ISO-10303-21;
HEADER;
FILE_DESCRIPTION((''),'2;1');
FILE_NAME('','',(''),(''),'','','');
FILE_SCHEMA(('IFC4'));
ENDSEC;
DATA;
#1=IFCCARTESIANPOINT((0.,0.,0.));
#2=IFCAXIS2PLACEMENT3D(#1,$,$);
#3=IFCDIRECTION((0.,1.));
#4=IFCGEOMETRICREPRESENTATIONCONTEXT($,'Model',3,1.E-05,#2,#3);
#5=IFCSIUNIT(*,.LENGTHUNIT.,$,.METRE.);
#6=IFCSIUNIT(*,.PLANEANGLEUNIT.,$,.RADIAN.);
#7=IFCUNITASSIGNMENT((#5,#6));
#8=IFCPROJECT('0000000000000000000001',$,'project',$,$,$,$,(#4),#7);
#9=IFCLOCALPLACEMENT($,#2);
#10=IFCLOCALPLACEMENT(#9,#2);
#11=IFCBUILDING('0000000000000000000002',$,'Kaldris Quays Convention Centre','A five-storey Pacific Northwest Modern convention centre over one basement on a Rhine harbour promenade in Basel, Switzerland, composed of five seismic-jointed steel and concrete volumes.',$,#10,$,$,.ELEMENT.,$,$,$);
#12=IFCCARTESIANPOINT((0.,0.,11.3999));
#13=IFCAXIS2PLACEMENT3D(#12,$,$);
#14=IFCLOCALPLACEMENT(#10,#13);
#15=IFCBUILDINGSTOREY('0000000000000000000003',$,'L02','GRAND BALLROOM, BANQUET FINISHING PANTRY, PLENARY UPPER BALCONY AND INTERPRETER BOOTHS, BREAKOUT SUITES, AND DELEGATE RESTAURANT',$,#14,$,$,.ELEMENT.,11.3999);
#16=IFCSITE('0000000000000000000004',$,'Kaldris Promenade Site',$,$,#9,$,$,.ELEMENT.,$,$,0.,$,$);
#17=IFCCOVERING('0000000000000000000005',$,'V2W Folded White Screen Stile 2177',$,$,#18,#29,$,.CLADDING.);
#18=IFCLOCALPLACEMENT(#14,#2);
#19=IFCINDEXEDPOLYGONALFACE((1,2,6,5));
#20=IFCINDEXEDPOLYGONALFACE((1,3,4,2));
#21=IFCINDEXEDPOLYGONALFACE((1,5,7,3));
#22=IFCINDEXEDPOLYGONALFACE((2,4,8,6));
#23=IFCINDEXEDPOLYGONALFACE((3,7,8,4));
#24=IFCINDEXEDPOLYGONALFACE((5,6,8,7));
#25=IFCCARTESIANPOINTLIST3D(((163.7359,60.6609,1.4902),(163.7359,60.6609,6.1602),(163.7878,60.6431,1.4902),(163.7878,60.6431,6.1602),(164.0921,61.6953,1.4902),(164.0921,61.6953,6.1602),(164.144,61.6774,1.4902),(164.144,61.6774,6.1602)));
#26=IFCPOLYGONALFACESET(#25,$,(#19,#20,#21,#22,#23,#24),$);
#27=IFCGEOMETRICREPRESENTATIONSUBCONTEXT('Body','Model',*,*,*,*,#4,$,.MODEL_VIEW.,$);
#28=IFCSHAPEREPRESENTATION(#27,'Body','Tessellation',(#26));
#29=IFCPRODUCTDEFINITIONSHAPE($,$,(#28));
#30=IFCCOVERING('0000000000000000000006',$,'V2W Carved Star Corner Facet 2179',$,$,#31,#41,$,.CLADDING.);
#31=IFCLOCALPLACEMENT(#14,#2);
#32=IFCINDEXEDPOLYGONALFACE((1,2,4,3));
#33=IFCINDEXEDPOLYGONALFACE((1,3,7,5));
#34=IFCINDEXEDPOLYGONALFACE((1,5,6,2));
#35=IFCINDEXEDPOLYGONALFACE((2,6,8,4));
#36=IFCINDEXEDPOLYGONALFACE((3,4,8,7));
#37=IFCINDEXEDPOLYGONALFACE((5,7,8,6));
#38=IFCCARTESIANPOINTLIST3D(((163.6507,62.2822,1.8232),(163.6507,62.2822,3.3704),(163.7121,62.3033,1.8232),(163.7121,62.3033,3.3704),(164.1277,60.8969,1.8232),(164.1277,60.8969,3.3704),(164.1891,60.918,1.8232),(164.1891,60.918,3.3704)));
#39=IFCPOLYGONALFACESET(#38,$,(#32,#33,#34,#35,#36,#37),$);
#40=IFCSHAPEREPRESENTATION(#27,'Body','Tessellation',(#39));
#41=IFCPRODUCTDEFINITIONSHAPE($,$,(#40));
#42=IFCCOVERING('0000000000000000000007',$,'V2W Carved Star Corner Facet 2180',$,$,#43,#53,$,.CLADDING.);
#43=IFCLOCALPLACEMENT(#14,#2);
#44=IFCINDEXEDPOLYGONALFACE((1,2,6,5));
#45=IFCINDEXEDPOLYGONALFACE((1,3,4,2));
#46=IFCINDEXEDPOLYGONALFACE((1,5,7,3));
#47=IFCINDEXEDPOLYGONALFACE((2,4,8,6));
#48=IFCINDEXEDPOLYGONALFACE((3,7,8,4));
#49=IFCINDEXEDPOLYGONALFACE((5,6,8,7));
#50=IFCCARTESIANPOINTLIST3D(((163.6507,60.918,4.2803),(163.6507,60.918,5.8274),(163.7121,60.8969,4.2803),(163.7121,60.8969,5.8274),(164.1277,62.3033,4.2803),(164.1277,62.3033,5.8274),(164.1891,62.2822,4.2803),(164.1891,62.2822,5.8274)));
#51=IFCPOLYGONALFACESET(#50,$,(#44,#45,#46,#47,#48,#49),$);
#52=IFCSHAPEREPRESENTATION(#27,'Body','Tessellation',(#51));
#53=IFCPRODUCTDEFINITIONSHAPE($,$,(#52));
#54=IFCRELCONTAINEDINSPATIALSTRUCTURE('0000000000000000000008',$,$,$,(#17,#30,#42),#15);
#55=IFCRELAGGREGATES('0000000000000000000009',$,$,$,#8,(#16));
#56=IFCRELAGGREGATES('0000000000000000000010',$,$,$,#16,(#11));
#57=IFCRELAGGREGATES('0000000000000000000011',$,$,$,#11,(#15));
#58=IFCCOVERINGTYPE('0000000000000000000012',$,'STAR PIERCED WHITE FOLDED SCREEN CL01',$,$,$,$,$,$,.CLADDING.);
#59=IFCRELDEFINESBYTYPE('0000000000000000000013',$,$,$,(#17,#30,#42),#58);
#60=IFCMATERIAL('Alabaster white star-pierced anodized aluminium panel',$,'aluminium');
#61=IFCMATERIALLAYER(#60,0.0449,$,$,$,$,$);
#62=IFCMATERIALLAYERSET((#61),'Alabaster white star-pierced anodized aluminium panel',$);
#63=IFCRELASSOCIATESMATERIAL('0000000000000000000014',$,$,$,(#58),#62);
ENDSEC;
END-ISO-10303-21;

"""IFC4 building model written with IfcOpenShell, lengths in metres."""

from ifc_helpers import new_model, si_unit, direction, frame, origin, origin_2d, place, context, subcontext, project, spatial, rectangle, extrude, material, layer, layer_set, type_object, element, save


model = new_model("IFC4")

# Units and contexts
model_context = context("Model", 3, precision=1e-05, world=origin(), true_north=direction((0.0, 1.0)))
body_context = subcontext(model_context, "Body", "Model", "MODEL_VIEW")
ifc_project = project(units=[si_unit("LENGTHUNIT", "METRE"), si_unit("PLANEANGLEUNIT", "RADIAN")], contexts=[model_context])

# Site, building, storey
site_placement = place(None, origin())
site = spatial("IfcSite", under=ifc_project, at=site_placement, Name="Kaldris Promenade Site", CompositionType="ELEMENT", RefElevation=0.0)
building_placement = place(site_placement, origin())
building = spatial("IfcBuilding", under=site, at=building_placement, Name="Kaldris Quays Convention Centre", Description="A five-storey Pacific Northwest Modern convention centre over one basement on a Rhine harbour promenade in Basel, Switzerland, composed of five seismic-jointed steel and concrete volumes.", CompositionType="ELEMENT")
storey_placement = place(building_placement, frame((0.0, 0.0, 11.3999)))
storey = spatial("IfcBuildingStorey", under=building, at=storey_placement, Name="L02", Description="GRAND BALLROOM, BANQUET FINISHING PANTRY, PLENARY UPPER BALCONY AND INTERPRETER BOOTHS, BREAKOUT SUITES, AND DELEGATE RESTAURANT", CompositionType="ELEMENT", Elevation=11.3999)

# Coverings
ifc_material_1 = material(Name="Alabaster white star-pierced anodized aluminium panel", Category="aluminium")
ifc_layer = layer(ifc_material_1, 0.0449)
ifc_layer_set = layer_set([ifc_layer], Name="Alabaster white star-pierced anodized aluminium panel")
covering_type = type_object("IfcCoveringType", Name="STAR PIERCED WHITE FOLDED SCREEN CL01", PredefinedType="CLADDING", material=ifc_layer_set)
covering_1_placement = place(storey_placement, frame((163.9399, 61.1692, 1.4902), z_axis=(0.0, 0.0, 1.0), x_axis=(0.325568, 0.945519, 0.0)))
element("IfcCovering", 1, at=covering_1_placement, inside=storey, type_object=covering_type, Name="V2W Folded White Screen Stile 2177", PredefinedType="CLADDING", context=body_context, shape_type="SweptSolid", body=[
    extrude(rectangle(XDim=1.094, YDim=0.0549, at=origin_2d()), origin(), (0.0, 0.0, 1.0), 4.6699),
])
for number, where, z_axis, x_axis, name in (
    (2, (163.9199, 61.6001, 1.8232), (0.0, 0.0, 1.0), (-0.325568, 0.945519, 0.0), "V2W Carved Star Corner Facet 2179"),
    (3, (163.9199, 61.6001, 4.2803), (0.0, 0.0, 1.0), (0.325568, 0.945519, 0.0), "V2W Carved Star Corner Facet 2180"),
):
    element("IfcCovering", number, at=place(storey_placement, frame(where, z_axis=z_axis, x_axis=x_axis)), inside=storey, type_object=covering_type, Name=name, PredefinedType="CLADDING", context=body_context, shape_type="SweptSolid", body=[
        extrude(rectangle(XDim=1.4651, YDim=0.0649, at=origin_2d()), origin(), (0.0, 0.0, 1.0), 1.5471),
    ])

save(model, "model.ifc")
